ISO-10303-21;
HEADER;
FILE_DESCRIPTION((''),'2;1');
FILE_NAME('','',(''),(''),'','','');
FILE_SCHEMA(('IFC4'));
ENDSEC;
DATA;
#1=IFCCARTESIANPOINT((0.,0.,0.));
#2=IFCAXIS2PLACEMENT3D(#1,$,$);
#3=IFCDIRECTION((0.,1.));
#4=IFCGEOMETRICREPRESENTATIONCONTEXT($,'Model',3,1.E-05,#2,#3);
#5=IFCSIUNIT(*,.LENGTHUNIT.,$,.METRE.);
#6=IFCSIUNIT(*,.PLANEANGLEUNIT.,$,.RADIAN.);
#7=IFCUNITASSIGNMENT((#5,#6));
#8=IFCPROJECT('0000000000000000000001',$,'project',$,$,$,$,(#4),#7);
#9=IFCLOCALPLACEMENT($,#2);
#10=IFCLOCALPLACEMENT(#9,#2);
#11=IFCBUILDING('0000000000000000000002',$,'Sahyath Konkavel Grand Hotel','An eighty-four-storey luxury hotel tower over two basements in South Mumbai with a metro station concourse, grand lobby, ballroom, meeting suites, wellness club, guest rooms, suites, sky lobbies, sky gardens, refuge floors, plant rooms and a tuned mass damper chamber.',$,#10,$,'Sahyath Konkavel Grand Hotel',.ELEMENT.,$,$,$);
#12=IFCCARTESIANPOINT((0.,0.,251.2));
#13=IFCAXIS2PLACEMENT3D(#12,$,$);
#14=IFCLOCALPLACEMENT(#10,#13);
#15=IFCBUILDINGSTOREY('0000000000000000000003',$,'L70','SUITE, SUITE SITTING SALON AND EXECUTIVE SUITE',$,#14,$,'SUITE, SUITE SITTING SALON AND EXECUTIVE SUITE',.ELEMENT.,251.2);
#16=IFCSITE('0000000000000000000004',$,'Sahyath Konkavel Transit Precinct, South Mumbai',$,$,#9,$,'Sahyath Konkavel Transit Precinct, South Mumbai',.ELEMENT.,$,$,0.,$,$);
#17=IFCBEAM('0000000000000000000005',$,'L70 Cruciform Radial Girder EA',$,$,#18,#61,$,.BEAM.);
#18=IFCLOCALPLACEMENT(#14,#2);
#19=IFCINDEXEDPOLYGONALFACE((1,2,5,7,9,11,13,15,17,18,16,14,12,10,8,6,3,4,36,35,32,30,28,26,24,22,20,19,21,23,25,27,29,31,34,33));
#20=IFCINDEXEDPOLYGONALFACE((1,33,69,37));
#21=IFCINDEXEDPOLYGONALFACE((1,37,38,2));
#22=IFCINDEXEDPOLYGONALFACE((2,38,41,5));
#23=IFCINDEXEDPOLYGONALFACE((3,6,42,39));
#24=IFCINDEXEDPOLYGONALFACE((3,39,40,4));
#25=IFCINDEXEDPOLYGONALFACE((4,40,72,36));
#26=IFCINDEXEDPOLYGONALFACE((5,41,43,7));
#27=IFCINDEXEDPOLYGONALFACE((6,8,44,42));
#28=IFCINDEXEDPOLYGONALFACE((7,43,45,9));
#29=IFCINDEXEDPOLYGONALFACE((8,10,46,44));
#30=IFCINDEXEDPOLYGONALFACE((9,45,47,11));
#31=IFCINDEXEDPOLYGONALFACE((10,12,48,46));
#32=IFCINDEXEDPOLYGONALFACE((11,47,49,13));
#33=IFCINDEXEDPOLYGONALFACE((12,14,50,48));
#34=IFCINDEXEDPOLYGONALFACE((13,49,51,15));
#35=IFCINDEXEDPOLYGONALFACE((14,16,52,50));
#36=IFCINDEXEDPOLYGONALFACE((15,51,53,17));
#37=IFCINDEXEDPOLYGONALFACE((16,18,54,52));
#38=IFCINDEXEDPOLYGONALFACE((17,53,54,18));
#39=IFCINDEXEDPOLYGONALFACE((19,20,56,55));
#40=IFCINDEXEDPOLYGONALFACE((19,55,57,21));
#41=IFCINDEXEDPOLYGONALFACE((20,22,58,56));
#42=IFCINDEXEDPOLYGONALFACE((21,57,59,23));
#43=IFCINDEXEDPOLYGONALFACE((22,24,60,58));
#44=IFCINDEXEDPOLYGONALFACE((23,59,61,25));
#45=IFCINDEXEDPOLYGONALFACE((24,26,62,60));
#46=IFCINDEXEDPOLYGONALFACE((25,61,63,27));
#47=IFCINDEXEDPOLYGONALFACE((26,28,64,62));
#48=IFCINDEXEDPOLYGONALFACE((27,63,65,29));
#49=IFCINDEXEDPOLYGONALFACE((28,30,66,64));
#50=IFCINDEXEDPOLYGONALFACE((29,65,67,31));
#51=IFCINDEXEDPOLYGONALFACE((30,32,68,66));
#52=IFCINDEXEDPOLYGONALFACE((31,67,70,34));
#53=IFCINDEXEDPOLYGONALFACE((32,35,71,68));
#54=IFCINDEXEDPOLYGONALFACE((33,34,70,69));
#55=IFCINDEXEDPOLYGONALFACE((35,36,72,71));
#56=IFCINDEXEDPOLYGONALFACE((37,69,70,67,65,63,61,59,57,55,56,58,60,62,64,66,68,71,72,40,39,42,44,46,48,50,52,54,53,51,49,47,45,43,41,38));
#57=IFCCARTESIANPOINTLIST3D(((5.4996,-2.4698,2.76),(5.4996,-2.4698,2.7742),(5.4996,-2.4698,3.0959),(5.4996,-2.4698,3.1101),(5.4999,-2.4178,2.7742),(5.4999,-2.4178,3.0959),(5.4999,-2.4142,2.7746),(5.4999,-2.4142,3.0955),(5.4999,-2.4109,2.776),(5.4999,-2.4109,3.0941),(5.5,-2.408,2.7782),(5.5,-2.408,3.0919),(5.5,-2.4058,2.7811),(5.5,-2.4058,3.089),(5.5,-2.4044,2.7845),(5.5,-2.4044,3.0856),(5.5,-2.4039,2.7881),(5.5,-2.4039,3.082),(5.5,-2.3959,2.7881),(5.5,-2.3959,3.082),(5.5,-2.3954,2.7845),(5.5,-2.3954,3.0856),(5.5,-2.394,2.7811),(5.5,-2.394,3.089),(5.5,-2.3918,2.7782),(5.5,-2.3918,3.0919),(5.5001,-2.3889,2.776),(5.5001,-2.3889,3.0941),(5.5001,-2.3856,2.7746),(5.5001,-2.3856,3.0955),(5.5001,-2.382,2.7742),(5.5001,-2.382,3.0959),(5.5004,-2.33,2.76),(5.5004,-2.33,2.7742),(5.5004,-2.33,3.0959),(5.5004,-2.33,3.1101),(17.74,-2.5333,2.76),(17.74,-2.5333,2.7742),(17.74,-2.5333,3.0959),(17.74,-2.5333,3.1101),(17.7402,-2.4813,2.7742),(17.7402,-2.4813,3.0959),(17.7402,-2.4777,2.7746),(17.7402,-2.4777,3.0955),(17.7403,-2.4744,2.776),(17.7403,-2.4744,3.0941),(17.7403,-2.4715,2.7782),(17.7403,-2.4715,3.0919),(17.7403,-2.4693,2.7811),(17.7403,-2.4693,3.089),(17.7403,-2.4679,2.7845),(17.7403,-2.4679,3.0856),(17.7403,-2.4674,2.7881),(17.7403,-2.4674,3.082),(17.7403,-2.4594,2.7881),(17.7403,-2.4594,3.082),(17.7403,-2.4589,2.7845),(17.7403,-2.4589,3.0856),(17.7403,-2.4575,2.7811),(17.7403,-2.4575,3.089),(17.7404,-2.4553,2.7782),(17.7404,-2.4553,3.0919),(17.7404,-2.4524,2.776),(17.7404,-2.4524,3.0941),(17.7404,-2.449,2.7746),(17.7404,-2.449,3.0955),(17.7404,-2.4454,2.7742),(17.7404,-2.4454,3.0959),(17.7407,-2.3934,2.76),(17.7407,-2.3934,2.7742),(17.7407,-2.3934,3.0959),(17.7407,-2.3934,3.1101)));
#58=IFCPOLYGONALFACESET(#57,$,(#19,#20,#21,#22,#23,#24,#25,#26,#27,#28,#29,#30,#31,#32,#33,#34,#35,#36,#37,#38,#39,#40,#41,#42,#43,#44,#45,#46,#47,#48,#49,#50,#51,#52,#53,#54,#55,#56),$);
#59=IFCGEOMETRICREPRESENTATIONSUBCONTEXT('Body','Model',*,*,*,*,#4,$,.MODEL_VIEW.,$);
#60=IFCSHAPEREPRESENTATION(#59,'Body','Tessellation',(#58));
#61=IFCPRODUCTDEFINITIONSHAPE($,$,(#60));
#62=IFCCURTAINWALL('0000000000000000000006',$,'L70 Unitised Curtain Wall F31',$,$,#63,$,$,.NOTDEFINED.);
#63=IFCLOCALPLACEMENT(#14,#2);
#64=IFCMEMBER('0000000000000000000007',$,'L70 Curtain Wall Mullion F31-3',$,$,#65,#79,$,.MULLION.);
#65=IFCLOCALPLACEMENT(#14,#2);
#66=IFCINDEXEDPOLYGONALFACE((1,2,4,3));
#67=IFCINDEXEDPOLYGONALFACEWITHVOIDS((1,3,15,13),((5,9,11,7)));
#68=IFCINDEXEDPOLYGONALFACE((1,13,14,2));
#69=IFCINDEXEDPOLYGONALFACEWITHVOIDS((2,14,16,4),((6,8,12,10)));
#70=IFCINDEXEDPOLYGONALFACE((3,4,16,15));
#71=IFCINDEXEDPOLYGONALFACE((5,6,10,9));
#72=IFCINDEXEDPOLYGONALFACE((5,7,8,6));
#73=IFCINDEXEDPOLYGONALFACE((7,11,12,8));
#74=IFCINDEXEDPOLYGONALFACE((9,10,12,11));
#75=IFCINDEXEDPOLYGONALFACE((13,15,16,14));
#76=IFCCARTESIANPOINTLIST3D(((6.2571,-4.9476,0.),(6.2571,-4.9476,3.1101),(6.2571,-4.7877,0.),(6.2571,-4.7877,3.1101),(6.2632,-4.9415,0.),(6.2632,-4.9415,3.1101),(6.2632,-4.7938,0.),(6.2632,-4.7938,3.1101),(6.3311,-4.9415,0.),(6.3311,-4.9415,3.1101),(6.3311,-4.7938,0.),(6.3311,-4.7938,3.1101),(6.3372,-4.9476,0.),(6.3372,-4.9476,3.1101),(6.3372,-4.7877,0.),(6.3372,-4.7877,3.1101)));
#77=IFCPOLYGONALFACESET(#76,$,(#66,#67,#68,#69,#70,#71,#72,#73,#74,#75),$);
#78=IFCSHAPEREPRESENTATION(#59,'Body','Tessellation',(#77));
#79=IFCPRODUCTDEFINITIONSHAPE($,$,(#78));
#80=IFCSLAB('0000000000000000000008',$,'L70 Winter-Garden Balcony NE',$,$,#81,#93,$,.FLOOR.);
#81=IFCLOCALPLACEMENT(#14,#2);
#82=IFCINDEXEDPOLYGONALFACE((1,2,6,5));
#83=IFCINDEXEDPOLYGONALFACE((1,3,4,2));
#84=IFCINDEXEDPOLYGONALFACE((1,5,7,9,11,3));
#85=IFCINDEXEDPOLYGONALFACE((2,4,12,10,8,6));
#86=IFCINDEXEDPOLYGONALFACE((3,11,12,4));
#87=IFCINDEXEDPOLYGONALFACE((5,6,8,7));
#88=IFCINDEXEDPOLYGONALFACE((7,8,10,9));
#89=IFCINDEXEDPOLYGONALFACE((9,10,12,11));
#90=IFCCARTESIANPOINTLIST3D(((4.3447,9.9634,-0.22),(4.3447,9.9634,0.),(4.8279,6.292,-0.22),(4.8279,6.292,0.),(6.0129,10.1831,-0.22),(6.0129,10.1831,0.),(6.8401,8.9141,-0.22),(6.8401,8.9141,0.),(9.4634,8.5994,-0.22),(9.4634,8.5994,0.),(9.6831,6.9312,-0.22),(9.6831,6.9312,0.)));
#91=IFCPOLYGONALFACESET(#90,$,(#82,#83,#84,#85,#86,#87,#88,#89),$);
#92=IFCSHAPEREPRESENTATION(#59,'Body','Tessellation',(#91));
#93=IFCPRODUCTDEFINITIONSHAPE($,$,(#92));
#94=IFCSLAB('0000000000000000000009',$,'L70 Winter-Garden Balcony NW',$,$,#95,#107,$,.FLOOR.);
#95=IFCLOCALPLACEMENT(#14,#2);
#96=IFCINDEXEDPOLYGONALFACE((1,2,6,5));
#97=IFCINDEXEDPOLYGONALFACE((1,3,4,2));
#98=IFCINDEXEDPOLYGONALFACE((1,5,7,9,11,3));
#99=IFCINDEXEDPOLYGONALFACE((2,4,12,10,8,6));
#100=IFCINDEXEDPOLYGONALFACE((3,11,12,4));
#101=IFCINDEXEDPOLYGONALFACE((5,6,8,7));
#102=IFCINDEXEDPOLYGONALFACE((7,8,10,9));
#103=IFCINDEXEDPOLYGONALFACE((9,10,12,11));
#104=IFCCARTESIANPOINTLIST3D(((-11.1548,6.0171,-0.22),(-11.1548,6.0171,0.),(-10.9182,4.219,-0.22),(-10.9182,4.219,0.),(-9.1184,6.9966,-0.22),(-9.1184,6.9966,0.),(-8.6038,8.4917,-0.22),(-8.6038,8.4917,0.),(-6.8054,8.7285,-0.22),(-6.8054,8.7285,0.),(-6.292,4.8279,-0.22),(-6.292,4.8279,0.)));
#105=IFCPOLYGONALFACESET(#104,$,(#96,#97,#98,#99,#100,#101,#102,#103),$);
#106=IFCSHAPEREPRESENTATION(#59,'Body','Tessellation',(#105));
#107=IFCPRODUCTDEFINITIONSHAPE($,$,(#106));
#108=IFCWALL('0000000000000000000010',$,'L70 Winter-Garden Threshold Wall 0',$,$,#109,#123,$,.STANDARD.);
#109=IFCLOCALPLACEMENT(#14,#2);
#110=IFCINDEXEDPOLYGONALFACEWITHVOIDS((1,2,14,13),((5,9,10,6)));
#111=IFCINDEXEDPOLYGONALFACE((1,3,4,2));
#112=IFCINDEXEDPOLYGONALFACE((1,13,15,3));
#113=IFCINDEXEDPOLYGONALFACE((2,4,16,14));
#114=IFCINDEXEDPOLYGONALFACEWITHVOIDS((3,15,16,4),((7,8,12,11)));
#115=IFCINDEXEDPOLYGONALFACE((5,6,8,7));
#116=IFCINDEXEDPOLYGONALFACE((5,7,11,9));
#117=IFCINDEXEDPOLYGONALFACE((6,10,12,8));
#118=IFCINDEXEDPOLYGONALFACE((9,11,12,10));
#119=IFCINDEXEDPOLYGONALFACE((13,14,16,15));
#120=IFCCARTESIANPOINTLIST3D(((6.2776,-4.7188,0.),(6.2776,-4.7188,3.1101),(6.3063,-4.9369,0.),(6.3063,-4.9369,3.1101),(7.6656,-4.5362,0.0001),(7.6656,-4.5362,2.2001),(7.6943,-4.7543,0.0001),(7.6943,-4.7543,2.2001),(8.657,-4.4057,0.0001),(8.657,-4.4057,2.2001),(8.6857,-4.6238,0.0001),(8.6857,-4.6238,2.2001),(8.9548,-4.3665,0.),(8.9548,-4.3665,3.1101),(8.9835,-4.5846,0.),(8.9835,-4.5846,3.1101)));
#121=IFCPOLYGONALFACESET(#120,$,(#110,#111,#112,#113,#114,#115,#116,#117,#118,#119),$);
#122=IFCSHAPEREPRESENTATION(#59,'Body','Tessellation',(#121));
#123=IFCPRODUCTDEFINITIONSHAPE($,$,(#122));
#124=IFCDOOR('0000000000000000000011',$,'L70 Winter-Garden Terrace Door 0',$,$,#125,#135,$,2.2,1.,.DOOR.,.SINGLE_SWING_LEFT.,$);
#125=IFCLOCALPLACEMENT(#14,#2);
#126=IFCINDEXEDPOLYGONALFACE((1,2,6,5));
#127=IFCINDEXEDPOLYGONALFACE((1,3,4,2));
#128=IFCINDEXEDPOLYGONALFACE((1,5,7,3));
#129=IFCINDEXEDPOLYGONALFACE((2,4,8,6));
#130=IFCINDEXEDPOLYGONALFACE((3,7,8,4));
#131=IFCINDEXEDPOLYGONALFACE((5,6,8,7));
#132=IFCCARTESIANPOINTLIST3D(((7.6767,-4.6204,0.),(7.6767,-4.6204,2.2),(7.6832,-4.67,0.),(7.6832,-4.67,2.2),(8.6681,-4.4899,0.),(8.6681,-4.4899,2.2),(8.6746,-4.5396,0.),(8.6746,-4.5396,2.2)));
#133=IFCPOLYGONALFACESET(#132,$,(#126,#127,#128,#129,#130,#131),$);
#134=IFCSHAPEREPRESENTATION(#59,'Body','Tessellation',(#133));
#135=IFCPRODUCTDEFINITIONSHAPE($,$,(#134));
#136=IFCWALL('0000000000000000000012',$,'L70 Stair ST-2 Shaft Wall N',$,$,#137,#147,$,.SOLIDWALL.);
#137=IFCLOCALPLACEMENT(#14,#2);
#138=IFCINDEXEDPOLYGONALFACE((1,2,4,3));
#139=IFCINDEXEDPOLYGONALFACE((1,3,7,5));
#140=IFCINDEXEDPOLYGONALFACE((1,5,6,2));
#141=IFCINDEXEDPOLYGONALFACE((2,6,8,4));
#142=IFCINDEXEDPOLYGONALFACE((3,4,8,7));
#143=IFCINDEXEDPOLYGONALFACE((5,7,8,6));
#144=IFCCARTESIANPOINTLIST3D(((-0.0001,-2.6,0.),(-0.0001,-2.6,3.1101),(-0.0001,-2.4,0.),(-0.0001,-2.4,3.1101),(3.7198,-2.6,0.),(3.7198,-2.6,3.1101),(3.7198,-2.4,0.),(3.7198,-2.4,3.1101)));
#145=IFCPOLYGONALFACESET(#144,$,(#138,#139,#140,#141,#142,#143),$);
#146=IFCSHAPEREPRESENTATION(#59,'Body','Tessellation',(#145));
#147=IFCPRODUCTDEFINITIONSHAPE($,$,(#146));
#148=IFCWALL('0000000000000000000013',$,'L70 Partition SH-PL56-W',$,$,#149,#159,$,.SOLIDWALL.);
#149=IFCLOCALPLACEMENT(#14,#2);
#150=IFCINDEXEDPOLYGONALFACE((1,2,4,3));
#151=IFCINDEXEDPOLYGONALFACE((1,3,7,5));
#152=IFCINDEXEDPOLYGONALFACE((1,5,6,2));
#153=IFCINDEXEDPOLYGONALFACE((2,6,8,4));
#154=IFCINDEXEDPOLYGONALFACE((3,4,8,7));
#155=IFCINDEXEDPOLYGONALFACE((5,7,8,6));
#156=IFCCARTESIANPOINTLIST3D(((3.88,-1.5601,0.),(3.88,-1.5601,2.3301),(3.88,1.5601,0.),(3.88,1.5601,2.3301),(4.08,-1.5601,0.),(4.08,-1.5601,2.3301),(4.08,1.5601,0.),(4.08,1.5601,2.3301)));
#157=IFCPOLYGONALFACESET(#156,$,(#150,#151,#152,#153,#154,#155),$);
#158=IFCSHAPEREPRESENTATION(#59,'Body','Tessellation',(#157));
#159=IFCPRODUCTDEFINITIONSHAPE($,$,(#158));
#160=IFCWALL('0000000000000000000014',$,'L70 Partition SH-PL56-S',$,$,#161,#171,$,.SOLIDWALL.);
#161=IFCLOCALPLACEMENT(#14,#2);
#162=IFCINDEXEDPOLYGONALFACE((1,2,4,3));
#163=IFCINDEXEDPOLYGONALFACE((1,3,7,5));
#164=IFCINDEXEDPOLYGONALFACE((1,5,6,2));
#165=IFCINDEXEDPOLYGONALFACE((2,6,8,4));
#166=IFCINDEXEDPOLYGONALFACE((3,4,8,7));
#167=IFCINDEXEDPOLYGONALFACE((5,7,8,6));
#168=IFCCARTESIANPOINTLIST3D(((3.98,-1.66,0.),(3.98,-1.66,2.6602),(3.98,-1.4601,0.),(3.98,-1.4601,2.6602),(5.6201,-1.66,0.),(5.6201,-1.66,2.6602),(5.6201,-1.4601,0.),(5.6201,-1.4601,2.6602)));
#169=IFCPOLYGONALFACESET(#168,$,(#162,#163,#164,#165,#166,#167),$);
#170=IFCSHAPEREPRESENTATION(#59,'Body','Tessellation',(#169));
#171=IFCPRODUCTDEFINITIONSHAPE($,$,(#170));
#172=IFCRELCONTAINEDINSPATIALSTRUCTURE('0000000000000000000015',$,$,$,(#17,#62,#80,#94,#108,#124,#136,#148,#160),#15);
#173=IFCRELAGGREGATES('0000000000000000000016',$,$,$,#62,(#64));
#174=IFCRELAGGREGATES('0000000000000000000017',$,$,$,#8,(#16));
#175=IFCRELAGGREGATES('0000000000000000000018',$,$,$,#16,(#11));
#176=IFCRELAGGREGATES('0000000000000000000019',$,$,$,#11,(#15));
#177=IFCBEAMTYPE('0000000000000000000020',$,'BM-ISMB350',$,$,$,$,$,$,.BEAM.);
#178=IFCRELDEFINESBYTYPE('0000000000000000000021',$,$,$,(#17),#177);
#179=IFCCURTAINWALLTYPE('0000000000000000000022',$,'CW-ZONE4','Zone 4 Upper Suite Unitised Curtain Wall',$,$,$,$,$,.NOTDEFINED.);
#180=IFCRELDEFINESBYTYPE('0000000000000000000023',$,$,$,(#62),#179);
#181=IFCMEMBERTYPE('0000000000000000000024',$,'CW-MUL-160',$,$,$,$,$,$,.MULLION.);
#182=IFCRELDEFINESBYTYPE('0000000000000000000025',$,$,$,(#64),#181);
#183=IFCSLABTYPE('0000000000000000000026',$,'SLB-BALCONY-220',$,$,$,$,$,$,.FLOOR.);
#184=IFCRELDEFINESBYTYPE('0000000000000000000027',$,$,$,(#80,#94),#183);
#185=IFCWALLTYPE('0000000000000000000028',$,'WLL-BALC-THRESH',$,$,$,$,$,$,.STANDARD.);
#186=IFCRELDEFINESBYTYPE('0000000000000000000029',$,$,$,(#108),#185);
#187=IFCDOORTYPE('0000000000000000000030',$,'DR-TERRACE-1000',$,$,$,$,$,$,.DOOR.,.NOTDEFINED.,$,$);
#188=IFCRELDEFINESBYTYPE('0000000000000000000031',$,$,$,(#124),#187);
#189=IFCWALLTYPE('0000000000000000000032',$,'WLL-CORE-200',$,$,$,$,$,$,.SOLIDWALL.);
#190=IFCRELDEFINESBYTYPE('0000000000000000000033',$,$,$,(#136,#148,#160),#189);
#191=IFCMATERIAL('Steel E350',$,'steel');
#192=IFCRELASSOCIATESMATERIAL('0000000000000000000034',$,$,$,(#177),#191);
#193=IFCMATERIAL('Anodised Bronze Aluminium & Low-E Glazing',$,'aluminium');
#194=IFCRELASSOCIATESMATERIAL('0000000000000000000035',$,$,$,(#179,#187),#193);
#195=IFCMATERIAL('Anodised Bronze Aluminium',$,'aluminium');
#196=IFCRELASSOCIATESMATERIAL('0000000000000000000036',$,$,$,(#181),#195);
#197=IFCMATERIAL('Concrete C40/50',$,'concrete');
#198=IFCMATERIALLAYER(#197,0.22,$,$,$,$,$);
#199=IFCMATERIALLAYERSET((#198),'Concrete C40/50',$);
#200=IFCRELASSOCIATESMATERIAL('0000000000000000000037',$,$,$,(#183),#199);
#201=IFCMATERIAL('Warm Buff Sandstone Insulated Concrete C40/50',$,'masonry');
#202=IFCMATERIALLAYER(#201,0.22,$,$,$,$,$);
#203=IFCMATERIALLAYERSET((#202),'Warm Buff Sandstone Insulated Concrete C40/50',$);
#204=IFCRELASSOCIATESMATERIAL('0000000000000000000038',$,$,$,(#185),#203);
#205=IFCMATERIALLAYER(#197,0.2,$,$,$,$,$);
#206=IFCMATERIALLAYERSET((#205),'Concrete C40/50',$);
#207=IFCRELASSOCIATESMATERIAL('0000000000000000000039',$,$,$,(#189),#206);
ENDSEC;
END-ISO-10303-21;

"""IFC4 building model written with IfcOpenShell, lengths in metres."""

from ifc_helpers import new_model, si_unit, direction, frame, frame_2d, origin, origin_2d, place, context, subcontext, project, spatial, polyline, rectangle, hollow_rectangle, i_section, outline, extrude, source, transform, mapped, material, layer, layer_set, material_profile, profile_set, type_object, element, fill, aggregate, save


model = new_model("IFC4")

# Units and contexts
model_context = context("Model", 3, precision=1e-05, world=origin(), true_north=direction((0.0, 1.0)))
body_context = subcontext(model_context, "Body", "Model", "MODEL_VIEW")
ifc_project = project(units=[si_unit("LENGTHUNIT", "METRE"), si_unit("PLANEANGLEUNIT", "RADIAN")], contexts=[model_context])

# Site, building, storey
site_placement = place(None, origin())
site = spatial("IfcSite", under=ifc_project, at=site_placement, Name="Sahyath Konkavel Transit Precinct, South Mumbai", LongName="Sahyath Konkavel Transit Precinct, South Mumbai", CompositionType="ELEMENT", RefElevation=0.0)
building_placement = place(site_placement, origin())
building = spatial("IfcBuilding", under=site, at=building_placement, Name="Sahyath Konkavel Grand Hotel", Description="An eighty-four-storey luxury hotel tower over two basements in South Mumbai with a metro station concourse, grand lobby, ballroom, meeting suites, wellness club, guest rooms, suites, sky lobbies, sky gardens, refuge floors, plant rooms and a tuned mass damper chamber.", LongName="Sahyath Konkavel Grand Hotel", CompositionType="ELEMENT")
storey_placement = place(building_placement, frame((0.0, 0.0, 251.2)))
storey = spatial("IfcBuildingStorey", under=building, at=storey_placement, Name="L70", Description="SUITE, SUITE SITTING SALON AND EXECUTIVE SUITE", LongName="SUITE, SUITE SITTING SALON AND EXECUTIVE SUITE", CompositionType="ELEMENT", Elevation=251.2)

# Shared definitions
ifc_material_1 = material(Name="Concrete C40/50", Category="concrete")

# Beam
ifc_material_2 = material(Name="Steel E350", Category="steel")
ifc_material_profile_1 = material_profile(ifc_material_2, i_section(OverallWidth=0.1399, OverallDepth=0.3501, WebThickness=0.0081, FlangeThickness=0.0142, FilletRadius=0.0139, at=origin_2d()), Name="ISMB 350")
ifc_profile_set_1 = profile_set([ifc_material_profile_1], Name="Steel E350")
beam_type_1 = type_object("IfcBeamType", Name="BM-ISMB350", PredefinedType="BEAM", material=ifc_profile_set_1)
shared_shape_1 = source(origin(), body_context, "Body", "SweptSolid", [
    extrude(i_section(OverallWidth=0.1399, OverallDepth=0.3501, WebThickness=0.0081, FlangeThickness=0.0142, FilletRadius=0.0139, at=origin_2d()), origin(), (0.0, 0.0, 1.0), 12.2405),
])
beam_1_placement = place(storey_placement, frame((5.5, -2.3999, 2.9351), z_axis=(0.999987, -0.005186, 0.0), x_axis=(0.005186, 0.999987, 0.0)))
element("IfcBeam", 1, at=beam_1_placement, inside=storey, type_object=beam_type_1, Name="L70 Cruciform Radial Girder EA", PredefinedType="BEAM", context=body_context, shape_type="MappedRepresentation", body=[
    mapped(shared_shape_1, transform((0.0, 0.0, 0.0), scale=1.0)),
])

# Curtain wall, member
ifc_material_3 = material(Name="Anodised Bronze Aluminium & Low-E Glazing", Category="aluminium")
curtain_wall_type = type_object("IfcCurtainWallType", Name="CW-ZONE4", Description="Zone 4 Upper Suite Unitised Curtain Wall", PredefinedType="NOTDEFINED", material=ifc_material_3)
curtain_wall_placement = place(storey_placement, origin())
curtain_wall = element("IfcCurtainWall", 2, at=curtain_wall_placement, inside=storey, type_object=curtain_wall_type, Name="L70 Unitised Curtain Wall F31", PredefinedType="NOTDEFINED")
ifc_material_4 = material(Name="Anodised Bronze Aluminium", Category="aluminium")
ifc_material_profile_2 = material_profile(ifc_material_4, hollow_rectangle(XDim=0.0801, YDim=0.1599, WallThickness=0.0061, at=origin_2d()), Name="RHS 160x80x6")
ifc_profile_set_2 = profile_set([ifc_material_profile_2], Name="Anodised Bronze Aluminium")
member_type = type_object("IfcMemberType", Name="CW-MUL-160", PredefinedType="MULLION", material=ifc_profile_set_2)
shared_shape_2 = source(origin(), body_context, "Body", "SweptSolid", [
    extrude(hollow_rectangle(XDim=0.0801, YDim=0.1599, WallThickness=0.0061, at=origin_2d()), origin(), (0.0, 0.0, 1.0), 3.1101),
])
member_placement = place(storey_placement, frame((6.2971, -4.8677, 0.0), z_axis=(0.0, 0.0, 1.0), x_axis=(1.0, 0.0, 0.0)))
member = element("IfcMember", 3, at=member_placement, type_object=member_type, Name="L70 Curtain Wall Mullion F31-3", PredefinedType="MULLION", context=body_context, shape_type="MappedRepresentation", body=[
    mapped(shared_shape_2, transform((0.0, 0.0, 0.0), scale=1.0)),
])
aggregate(curtain_wall, [member])

# Slabs
ifc_layer_1 = layer(ifc_material_1, 0.22)
ifc_layer_set_1 = layer_set([ifc_layer_1], Name="Concrete C40/50")
slab_type = type_object("IfcSlabType", Name="SLB-BALCONY-220", PredefinedType="FLOOR", material=ifc_layer_set_1)
slab_1_placement = place(storey_placement, frame((0.0, 0.0, -0.22)))
element("IfcSlab", 4, at=slab_1_placement, inside=storey, type_object=slab_type, Name="L70 Winter-Garden Balcony NE", PredefinedType="FLOOR", context=body_context, shape_type="SweptSolid", body=[
    extrude(outline(polyline([(4.8279, 6.292), (9.6831, 6.9312), (9.4634, 8.5994), (6.8401, 8.9141), (6.0129, 10.1831), (4.3447, 9.9634), (4.8279, 6.292)])), origin(), (0.0, 0.0, 1.0), 0.22),
])
slab_2_placement = place(storey_placement, frame((0.0, 0.0, -0.22)))
element("IfcSlab", 5, at=slab_2_placement, inside=storey, type_object=slab_type, Name="L70 Winter-Garden Balcony NW", PredefinedType="FLOOR", context=body_context, shape_type="SweptSolid", body=[
    extrude(outline(polyline([(-6.292, 4.8279), (-6.8054, 8.7285), (-8.6038, 8.4917), (-9.1184, 6.9966), (-11.1548, 6.0171), (-10.9182, 4.219), (-6.292, 4.8279)])), origin(), (0.0, 0.0, 1.0), 0.22),
])

# Wall, opening, door
ifc_material_5 = material(Name="Warm Buff Sandstone Insulated Concrete C40/50", Category="masonry")
ifc_layer_2 = layer(ifc_material_5, 0.22)
ifc_layer_set_2 = layer_set([ifc_layer_2], Name="Warm Buff Sandstone Insulated Concrete C40/50")
wall_type_1 = type_object("IfcWallType", Name="WLL-BALC-THRESH", PredefinedType="STANDARD", material=ifc_layer_set_2)
wall_1_placement = place(storey_placement, frame((6.292, -4.8279, 0.0), z_axis=(0.0, 0.0, 1.0), x_axis=(0.991452, 0.130476, 0.0)))
wall_1 = element("IfcWall", 6, at=wall_1_placement, inside=storey, type_object=wall_type_1, Name="L70 Winter-Garden Threshold Wall 0", PredefinedType="STANDARD", context=body_context, shape_type="SweptSolid", body=[
    extrude(rectangle(XDim=2.7002, YDim=0.22, at=frame_2d((1.3501, 0.0))), origin(), (0.0, 0.0, 1.0), 3.1101),
])
opening_1_placement = place(wall_1_placement, frame((1.3999, 0.0, 0.0)))
opening_1 = element("IfcOpeningElement", 7, at=opening_1_placement, cuts=wall_1, PredefinedType="OPENING", context=body_context, shape_type="SweptSolid", body=[
    extrude(rectangle(XDim=1.0, YDim=2.2, at=frame_2d((0.5, 1.1001))), frame((0.0, 0.1201, 0.0), z_axis=(0.0, -1.0, 0.0), x_axis=(1.0, 0.0, 0.0)), (0.0, 0.0, 1.0), 0.24),
])
door_type_1 = type_object("IfcDoorType", Name="DR-TERRACE-1000", OperationType="NOTDEFINED", PredefinedType="DOOR", material=ifc_material_3)
shared_shape_3 = source(origin(), body_context, "Body", "SweptSolid", [
    extrude(rectangle(XDim=1.0, YDim=0.05, at=origin_2d()), origin(), (0.0, 0.0, 1.0), 2.2),
])
door_1_placement = place(opening_1_placement, frame((0.5, 0.0, 0.0)))
door_1 = element("IfcDoor", 8, at=door_1_placement, inside=storey, type_object=door_type_1, Name="L70 Winter-Garden Terrace Door 0", OperationType="SINGLE_SWING_LEFT", OverallHeight=2.2, OverallWidth=1.0, PredefinedType="DOOR", context=body_context, shape_type="MappedRepresentation", body=[
    mapped(shared_shape_3, transform((0.0, 0.0, 0.0), scale=1.0)),
])
fill(opening_1, door_1)

# Walls
ifc_layer_3 = layer(ifc_material_1, 0.2)
ifc_layer_set_3 = layer_set([ifc_layer_3], Name="Concrete C40/50")
wall_type_2 = type_object("IfcWallType", Name="WLL-CORE-200", PredefinedType="SOLIDWALL", material=ifc_layer_set_3)
wall_2_placement = place(storey_placement, frame((0.0, -2.5, 0.0), z_axis=(0.0, 0.0, 1.0), x_axis=(1.0, 0.0, 0.0)))
element("IfcWall", 9, at=wall_2_placement, inside=storey, type_object=wall_type_2, Name="L70 Stair ST-2 Shaft Wall N", PredefinedType="SOLIDWALL", context=body_context, shape_type="SweptSolid", body=[
    extrude(rectangle(XDim=3.72, YDim=0.2, at=frame_2d((1.8599, 0.0))), origin(), (0.0, 0.0, 1.0), 3.1101),
])
wall_3_placement = place(storey_placement, frame((3.98, -1.5601, 0.0), z_axis=(0.0, 0.0, 1.0), x_axis=(0.0, 1.0, 0.0)))
element("IfcWall", 10, at=wall_3_placement, inside=storey, type_object=wall_type_2, Name="L70 Partition SH-PL56-W", PredefinedType="SOLIDWALL", context=body_context, shape_type="SweptSolid", body=[
    extrude(rectangle(XDim=3.1201, YDim=0.2, at=frame_2d((1.5601, 0.0))), origin(), (0.0, 0.0, 1.0), 2.3301),
])
wall_4_placement = place(storey_placement, frame((3.98, -1.5601, 0.0), z_axis=(0.0, 0.0, 1.0), x_axis=(1.0, 0.0, 0.0)))
element("IfcWall", 11, at=wall_4_placement, inside=storey, type_object=wall_type_2, Name="L70 Partition SH-PL56-S", PredefinedType="SOLIDWALL", context=body_context, shape_type="SweptSolid", body=[
    extrude(rectangle(XDim=1.6401, YDim=0.2, at=frame_2d((0.8201, 0.0))), origin(), (0.0, 0.0, 1.0), 2.6602),
])

save(model, "model.ifc")
